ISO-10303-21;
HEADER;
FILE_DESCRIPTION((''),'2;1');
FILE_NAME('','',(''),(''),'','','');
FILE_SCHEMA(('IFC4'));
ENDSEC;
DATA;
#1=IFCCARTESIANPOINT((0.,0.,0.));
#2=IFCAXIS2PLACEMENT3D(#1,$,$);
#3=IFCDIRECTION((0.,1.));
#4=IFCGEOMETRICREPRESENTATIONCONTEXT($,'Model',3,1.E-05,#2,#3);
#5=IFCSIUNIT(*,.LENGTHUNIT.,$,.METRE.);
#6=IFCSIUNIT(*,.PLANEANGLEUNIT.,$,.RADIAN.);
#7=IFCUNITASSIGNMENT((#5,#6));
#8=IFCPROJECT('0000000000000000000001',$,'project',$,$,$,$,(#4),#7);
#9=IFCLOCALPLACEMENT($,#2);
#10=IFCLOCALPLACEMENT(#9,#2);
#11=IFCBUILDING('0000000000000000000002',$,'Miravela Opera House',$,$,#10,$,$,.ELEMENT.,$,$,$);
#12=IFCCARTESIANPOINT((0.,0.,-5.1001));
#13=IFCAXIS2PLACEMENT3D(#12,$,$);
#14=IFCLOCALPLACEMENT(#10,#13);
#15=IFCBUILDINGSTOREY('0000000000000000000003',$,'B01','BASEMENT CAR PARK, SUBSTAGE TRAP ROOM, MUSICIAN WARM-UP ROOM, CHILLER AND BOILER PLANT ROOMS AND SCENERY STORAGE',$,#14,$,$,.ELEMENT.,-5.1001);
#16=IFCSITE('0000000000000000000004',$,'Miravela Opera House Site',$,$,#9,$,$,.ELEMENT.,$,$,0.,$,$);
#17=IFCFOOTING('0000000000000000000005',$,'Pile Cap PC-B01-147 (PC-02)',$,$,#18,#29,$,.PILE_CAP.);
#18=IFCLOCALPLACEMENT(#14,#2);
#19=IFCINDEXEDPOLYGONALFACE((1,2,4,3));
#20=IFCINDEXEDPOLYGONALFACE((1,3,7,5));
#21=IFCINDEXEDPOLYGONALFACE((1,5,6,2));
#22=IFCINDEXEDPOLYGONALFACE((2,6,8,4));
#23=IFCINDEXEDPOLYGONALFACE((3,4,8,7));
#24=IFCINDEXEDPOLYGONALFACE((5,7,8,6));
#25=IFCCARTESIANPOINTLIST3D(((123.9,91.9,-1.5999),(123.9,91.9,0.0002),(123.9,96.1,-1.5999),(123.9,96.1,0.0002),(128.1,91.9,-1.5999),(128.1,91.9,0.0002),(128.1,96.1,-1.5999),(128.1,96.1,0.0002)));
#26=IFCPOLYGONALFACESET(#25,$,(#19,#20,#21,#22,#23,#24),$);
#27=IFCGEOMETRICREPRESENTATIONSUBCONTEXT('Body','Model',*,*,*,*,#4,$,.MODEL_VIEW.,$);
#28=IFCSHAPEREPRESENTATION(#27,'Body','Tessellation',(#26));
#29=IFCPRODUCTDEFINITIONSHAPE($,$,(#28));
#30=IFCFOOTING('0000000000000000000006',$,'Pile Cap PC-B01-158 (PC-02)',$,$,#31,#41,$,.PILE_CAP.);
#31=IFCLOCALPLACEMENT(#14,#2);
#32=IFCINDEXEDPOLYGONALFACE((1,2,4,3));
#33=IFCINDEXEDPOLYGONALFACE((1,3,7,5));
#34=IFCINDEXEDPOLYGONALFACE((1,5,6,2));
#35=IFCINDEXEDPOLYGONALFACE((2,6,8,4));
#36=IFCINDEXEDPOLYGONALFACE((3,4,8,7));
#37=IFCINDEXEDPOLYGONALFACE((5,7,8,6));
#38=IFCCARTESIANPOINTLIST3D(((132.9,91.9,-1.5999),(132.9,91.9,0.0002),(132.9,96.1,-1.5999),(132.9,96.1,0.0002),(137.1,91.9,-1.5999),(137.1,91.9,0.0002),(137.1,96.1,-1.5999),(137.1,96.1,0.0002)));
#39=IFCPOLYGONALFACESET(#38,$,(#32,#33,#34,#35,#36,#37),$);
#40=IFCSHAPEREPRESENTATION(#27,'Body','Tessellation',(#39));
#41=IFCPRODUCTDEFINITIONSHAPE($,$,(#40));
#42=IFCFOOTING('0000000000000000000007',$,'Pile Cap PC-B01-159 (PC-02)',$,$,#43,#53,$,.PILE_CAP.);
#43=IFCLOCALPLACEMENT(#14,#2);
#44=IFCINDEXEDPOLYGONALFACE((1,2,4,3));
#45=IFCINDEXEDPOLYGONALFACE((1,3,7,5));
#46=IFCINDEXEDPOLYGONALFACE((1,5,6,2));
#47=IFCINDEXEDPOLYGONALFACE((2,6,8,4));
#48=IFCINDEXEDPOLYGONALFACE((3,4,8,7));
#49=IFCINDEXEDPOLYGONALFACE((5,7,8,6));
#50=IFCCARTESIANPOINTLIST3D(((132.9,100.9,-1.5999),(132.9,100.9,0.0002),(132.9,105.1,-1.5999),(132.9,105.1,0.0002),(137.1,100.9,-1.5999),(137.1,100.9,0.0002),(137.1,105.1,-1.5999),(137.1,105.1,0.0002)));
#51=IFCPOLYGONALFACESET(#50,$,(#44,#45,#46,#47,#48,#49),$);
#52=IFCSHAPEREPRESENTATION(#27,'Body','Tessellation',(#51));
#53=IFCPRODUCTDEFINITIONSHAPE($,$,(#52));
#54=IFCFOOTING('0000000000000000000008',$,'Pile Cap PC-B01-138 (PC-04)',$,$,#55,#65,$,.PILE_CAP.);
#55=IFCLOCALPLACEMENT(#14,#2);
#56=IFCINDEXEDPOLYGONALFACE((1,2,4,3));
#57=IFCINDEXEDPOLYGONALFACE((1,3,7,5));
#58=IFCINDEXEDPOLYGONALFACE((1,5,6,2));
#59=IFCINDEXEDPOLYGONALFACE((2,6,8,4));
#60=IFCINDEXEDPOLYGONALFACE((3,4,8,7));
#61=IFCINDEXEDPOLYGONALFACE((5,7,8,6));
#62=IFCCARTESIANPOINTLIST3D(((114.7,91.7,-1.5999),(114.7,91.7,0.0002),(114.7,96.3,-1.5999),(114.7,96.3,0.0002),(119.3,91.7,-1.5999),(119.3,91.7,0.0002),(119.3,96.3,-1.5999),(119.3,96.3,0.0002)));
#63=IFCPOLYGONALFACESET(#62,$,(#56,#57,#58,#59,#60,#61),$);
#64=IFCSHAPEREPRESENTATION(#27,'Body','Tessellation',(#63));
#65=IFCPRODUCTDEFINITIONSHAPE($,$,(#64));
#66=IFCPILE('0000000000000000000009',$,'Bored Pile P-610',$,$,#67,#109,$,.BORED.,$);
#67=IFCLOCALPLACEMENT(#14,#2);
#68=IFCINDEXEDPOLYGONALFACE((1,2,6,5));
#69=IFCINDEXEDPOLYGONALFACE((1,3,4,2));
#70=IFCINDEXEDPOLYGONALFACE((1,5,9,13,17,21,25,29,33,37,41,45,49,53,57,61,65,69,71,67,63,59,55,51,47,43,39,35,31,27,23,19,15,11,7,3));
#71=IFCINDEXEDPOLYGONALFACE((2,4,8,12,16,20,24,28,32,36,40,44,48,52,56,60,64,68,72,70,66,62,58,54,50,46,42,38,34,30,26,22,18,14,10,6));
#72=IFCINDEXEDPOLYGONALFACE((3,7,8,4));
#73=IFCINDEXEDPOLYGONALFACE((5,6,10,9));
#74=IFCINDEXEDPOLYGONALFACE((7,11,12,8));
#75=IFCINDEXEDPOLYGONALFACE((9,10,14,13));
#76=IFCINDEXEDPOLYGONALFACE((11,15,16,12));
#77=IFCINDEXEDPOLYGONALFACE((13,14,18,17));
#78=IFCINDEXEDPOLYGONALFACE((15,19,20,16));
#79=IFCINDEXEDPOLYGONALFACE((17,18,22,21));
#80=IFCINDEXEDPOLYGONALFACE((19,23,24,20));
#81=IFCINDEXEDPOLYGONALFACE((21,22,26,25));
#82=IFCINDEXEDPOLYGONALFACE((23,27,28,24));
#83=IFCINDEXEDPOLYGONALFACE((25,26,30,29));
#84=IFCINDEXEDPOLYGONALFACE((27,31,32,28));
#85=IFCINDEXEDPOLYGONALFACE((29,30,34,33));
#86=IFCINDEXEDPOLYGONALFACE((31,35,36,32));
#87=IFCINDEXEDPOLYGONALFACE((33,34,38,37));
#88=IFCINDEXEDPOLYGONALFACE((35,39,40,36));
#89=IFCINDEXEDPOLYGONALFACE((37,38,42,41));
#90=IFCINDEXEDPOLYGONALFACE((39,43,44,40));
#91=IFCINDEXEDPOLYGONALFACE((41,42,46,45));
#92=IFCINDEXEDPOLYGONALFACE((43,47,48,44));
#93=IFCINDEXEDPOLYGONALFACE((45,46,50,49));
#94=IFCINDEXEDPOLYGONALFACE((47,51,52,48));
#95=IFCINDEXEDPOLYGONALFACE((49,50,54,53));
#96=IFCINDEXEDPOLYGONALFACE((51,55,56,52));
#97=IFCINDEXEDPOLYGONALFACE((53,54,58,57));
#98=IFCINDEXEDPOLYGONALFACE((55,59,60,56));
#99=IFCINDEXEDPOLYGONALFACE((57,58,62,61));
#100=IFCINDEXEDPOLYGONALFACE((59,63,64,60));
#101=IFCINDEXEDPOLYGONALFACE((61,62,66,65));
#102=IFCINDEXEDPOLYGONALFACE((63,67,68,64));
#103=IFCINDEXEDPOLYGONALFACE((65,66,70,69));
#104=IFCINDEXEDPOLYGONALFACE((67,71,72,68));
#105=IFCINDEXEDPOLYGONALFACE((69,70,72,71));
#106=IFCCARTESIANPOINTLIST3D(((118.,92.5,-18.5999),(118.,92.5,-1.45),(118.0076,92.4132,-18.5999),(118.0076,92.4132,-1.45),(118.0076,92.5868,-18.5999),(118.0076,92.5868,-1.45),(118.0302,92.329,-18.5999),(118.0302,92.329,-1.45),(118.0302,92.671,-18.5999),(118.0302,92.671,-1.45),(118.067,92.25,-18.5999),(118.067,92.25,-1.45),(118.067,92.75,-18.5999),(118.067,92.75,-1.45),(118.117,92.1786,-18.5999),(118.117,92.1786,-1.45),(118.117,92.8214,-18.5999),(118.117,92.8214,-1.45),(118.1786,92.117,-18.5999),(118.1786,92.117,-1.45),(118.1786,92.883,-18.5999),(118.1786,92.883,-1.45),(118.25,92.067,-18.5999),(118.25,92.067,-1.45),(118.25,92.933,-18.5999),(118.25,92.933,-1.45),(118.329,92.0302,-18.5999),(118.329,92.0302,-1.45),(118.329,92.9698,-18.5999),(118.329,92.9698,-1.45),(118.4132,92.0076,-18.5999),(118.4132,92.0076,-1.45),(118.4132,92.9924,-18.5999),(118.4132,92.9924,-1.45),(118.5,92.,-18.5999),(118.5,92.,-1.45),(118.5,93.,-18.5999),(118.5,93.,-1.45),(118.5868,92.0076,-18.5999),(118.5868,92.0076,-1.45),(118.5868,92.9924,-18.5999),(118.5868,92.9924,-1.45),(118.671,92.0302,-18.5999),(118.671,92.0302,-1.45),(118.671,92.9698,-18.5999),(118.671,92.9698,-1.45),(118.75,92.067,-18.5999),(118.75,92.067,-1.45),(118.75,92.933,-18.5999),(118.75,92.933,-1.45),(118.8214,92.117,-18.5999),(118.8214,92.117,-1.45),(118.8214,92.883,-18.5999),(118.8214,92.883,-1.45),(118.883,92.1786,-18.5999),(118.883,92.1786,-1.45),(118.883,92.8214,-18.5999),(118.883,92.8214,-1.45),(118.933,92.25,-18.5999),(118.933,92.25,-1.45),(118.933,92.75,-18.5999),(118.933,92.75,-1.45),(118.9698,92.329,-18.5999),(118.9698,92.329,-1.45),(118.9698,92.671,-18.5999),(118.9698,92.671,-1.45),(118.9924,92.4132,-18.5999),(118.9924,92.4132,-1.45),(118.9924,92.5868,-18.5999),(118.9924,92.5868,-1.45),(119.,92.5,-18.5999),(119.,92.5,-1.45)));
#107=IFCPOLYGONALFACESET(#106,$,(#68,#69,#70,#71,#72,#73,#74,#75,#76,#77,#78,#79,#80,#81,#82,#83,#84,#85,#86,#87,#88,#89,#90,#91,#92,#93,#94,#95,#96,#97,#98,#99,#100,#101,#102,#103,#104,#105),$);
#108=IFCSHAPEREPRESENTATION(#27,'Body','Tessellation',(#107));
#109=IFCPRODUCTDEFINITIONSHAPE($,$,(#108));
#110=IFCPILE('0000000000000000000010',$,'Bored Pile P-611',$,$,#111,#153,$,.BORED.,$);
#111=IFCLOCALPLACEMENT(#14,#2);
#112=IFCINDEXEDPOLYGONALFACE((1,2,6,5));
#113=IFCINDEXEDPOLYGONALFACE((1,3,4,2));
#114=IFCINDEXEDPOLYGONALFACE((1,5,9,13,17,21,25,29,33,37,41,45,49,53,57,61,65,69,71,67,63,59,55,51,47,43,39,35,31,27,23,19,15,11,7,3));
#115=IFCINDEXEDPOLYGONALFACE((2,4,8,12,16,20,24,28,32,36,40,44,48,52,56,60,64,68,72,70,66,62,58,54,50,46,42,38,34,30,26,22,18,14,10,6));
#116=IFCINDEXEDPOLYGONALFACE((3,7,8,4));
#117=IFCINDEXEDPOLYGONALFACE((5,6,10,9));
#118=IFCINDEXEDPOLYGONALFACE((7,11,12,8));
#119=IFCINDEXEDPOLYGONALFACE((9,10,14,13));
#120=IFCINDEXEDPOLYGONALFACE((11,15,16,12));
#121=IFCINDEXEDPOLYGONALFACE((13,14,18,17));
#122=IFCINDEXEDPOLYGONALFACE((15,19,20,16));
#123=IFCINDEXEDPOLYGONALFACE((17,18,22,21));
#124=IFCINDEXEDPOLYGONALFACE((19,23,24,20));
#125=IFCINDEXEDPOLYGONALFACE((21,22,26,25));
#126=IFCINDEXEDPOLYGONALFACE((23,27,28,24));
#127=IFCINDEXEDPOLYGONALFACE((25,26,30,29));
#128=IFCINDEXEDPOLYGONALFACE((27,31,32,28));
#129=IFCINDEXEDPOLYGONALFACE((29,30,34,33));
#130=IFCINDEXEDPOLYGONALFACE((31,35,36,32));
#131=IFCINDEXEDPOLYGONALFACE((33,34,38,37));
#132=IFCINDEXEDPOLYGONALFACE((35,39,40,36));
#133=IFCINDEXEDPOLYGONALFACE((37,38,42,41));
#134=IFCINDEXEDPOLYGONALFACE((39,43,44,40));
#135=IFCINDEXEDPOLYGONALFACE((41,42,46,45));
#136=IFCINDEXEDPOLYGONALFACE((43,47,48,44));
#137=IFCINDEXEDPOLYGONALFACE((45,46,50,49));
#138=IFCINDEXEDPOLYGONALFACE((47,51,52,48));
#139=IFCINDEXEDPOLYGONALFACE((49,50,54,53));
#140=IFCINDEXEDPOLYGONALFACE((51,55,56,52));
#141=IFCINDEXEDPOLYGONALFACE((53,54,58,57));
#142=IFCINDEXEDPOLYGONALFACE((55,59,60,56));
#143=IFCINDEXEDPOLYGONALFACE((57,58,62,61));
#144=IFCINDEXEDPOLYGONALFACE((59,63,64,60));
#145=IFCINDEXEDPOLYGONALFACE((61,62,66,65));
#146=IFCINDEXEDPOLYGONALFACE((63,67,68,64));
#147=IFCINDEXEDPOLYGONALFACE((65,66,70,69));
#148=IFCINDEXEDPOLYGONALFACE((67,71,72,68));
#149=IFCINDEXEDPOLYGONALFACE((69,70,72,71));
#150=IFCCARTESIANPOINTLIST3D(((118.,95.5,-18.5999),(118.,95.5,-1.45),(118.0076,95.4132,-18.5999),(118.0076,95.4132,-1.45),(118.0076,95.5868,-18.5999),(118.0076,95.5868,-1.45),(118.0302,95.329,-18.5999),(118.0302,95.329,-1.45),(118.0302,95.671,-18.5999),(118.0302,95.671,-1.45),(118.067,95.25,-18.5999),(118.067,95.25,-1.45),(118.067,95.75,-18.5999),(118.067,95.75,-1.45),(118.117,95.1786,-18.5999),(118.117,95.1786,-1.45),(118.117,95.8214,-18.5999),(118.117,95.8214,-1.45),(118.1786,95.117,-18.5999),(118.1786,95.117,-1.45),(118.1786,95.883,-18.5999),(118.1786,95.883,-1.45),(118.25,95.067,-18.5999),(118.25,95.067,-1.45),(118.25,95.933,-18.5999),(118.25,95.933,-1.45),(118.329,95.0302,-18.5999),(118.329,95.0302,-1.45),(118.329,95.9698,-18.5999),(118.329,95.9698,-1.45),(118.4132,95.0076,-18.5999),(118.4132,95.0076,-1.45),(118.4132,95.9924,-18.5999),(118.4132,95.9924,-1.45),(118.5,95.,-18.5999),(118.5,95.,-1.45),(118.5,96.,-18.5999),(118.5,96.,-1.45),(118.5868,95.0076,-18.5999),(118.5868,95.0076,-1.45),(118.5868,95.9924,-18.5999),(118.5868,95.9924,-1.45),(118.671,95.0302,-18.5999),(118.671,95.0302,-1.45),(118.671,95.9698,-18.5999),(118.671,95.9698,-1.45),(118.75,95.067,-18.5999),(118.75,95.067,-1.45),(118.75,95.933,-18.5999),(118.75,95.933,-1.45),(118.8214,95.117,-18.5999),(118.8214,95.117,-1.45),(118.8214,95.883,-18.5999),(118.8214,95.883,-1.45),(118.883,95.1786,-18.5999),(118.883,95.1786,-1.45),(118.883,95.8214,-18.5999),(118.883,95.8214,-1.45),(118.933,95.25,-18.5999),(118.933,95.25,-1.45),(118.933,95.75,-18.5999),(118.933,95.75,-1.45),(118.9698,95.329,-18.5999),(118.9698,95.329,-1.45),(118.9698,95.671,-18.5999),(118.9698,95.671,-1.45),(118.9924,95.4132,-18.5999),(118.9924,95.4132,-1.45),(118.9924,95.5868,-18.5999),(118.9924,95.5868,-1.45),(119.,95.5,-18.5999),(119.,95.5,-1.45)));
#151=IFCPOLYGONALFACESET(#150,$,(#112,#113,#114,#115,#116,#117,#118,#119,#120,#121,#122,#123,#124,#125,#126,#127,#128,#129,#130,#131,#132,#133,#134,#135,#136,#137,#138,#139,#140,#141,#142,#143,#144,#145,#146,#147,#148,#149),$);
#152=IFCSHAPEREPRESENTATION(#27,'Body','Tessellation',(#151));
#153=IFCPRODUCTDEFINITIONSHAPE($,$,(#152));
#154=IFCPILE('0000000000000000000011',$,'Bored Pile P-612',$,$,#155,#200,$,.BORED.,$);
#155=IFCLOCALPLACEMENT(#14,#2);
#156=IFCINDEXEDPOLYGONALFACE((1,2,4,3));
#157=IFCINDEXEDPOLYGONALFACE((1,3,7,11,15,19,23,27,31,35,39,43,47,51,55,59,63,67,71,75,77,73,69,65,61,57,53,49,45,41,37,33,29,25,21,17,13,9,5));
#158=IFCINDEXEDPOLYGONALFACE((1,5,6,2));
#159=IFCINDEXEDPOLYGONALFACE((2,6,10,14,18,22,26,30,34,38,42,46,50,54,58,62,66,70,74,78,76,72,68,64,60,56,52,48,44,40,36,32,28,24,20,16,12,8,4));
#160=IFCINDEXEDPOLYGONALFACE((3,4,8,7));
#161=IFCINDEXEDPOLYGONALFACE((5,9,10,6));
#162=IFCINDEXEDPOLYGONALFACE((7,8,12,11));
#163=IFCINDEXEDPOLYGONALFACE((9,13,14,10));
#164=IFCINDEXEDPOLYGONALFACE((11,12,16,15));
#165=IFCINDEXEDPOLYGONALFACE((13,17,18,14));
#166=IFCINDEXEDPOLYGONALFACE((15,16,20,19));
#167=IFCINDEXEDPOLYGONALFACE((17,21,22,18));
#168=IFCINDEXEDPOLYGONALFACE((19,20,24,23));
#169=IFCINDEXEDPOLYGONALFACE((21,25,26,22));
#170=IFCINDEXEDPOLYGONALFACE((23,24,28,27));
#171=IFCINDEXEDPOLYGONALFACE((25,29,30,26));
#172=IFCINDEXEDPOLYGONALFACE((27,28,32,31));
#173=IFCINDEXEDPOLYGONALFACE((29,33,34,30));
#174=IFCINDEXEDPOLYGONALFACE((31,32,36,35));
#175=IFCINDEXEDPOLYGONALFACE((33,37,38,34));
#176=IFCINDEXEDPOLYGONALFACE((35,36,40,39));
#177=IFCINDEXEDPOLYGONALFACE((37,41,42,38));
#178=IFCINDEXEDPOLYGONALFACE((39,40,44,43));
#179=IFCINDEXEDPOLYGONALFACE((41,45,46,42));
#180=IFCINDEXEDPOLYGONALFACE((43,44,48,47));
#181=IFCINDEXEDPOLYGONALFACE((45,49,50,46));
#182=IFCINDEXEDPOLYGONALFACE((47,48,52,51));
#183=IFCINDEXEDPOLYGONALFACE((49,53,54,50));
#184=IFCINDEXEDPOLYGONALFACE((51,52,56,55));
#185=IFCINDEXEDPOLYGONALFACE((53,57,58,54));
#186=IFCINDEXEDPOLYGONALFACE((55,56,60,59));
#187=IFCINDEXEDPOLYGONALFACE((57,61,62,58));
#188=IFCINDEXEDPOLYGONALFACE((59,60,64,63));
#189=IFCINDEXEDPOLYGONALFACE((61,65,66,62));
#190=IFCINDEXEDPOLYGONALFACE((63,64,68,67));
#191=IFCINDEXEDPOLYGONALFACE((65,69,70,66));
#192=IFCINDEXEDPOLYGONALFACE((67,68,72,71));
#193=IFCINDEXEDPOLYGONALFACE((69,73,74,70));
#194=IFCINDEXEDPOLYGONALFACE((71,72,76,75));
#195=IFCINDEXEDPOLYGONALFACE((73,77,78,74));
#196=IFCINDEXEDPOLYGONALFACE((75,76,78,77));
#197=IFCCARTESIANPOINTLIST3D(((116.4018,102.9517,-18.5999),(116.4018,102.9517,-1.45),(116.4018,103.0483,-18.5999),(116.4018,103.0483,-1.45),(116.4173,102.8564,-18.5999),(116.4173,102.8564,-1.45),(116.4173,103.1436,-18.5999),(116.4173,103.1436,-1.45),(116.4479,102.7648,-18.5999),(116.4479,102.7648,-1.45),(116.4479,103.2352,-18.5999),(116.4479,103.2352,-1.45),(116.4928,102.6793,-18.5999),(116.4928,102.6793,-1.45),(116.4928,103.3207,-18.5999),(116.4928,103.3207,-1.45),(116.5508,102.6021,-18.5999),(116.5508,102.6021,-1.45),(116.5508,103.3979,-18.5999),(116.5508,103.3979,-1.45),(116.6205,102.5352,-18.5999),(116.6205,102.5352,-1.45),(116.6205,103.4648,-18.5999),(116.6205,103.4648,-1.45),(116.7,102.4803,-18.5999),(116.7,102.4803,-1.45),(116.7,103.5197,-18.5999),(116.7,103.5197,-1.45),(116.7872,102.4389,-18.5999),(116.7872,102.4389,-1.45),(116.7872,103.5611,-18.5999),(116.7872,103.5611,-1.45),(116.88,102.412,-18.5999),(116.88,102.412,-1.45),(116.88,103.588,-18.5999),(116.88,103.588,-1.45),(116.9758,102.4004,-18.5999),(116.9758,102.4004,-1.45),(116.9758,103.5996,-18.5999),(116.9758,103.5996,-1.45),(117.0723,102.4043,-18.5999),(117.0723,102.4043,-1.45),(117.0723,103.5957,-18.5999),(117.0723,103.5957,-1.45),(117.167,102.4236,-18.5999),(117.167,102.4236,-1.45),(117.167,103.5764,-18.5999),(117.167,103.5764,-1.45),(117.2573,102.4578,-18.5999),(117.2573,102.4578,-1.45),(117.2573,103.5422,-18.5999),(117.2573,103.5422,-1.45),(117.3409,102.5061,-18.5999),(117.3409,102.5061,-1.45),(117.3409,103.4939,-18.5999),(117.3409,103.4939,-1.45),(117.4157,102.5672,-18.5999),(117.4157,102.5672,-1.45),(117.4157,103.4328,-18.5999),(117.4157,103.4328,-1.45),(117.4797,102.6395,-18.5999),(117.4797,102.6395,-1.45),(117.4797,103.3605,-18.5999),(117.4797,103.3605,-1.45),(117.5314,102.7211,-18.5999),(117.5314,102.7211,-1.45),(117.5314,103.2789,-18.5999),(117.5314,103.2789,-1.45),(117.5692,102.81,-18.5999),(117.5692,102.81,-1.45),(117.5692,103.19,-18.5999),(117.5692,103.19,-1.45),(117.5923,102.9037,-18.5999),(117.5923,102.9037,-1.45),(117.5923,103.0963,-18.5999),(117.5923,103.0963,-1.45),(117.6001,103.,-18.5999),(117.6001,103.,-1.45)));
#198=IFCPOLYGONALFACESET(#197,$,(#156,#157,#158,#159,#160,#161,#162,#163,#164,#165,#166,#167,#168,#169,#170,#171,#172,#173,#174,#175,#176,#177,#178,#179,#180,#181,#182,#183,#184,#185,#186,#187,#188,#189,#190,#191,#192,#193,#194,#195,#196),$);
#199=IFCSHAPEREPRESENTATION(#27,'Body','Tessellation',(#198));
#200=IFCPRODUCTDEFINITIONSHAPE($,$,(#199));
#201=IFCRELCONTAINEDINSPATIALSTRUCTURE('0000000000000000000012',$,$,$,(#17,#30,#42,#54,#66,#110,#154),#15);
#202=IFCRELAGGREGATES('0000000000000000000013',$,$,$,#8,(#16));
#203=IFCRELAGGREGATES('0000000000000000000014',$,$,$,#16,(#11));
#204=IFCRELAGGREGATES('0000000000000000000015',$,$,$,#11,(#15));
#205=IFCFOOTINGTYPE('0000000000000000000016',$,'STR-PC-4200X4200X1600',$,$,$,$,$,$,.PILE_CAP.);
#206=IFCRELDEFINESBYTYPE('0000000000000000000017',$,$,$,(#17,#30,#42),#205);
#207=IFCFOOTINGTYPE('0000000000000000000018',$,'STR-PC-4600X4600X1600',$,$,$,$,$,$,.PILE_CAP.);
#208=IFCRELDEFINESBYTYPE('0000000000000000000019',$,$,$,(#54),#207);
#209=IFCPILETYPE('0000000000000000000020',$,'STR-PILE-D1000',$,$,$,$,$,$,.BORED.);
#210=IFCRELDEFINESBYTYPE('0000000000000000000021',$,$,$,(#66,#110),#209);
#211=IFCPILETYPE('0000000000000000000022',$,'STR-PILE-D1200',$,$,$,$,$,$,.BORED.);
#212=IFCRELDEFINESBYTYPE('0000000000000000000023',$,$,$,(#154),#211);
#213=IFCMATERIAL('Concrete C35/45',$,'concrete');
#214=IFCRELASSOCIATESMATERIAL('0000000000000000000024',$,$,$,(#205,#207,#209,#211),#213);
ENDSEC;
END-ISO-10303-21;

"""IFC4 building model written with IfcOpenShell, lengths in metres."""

from ifc_helpers import new_model, si_unit, direction, frame, origin, origin_2d, place, context, subcontext, project, spatial, rectangle, circle, extrude, material, material_profile, profile_set, type_object, element, save


model = new_model("IFC4")

# Units and contexts
model_context = context("Model", 3, precision=1e-05, world=origin(), true_north=direction((0.0, 1.0)))
body_context = subcontext(model_context, "Body", "Model", "MODEL_VIEW")
ifc_project = project(units=[si_unit("LENGTHUNIT", "METRE"), si_unit("PLANEANGLEUNIT", "RADIAN")], contexts=[model_context])

# Site, building, storey
site_placement = place(None, origin())
site = spatial("IfcSite", under=ifc_project, at=site_placement, Name="Miravela Opera House Site", CompositionType="ELEMENT", RefElevation=0.0)
building_placement = place(site_placement, origin())
building = spatial("IfcBuilding", under=site, at=building_placement, Name="Miravela Opera House", CompositionType="ELEMENT")
storey_placement = place(building_placement, frame((0.0, 0.0, -5.1001)))
storey = spatial("IfcBuildingStorey", under=building, at=storey_placement, Name="B01", Description="BASEMENT CAR PARK, SUBSTAGE TRAP ROOM, MUSICIAN WARM-UP ROOM, CHILLER AND BOILER PLANT ROOMS AND SCENERY STORAGE", CompositionType="ELEMENT", Elevation=-5.1001)

# Footings
ifc_material_1 = material(Name="Concrete C35/45", Category="concrete")
footing_type_1 = type_object("IfcFootingType", Name="STR-PC-4200X4200X1600", PredefinedType="PILE_CAP", material=ifc_material_1)
for number, where, z_axis, x_axis, name in (
    (1, (126.0, 94.0, -1.5999), (0.0, 0.0, 1.0), (1.0, 0.0, 0.0), "Pile Cap PC-B01-147 (PC-02)"),
    (2, (135.0, 94.0, -1.5999), (0.0, 0.0, 1.0), (1.0, 0.0, 0.0), "Pile Cap PC-B01-158 (PC-02)"),
    (3, (135.0, 103.0, -1.5999), (0.0, 0.0, 1.0), (1.0, 0.0, 0.0), "Pile Cap PC-B01-159 (PC-02)"),
):
    element("IfcFooting", number, at=place(storey_placement, frame(where, z_axis=z_axis, x_axis=x_axis)), inside=storey, type_object=footing_type_1, Name=name, PredefinedType="PILE_CAP", context=body_context, shape_type="SweptSolid", body=[
        extrude(rectangle(XDim=4.2, YDim=4.2, at=origin_2d()), origin(), (0.0, 0.0, 1.0), 1.6001),
    ])
footing_type_2 = type_object("IfcFootingType", Name="STR-PC-4600X4600X1600", PredefinedType="PILE_CAP", material=ifc_material_1)
footing_placement = place(storey_placement, frame((117.0, 94.0, -1.5999), z_axis=(0.0, 0.0, 1.0), x_axis=(1.0, 0.0, 0.0)))
element("IfcFooting", 4, at=footing_placement, inside=storey, type_object=footing_type_2, Name="Pile Cap PC-B01-138 (PC-04)", PredefinedType="PILE_CAP", context=body_context, shape_type="SweptSolid", body=[
    extrude(rectangle(XDim=4.6001, YDim=4.6001, at=origin_2d()), origin(), (0.0, 0.0, 1.0), 1.6001),
])

# Piles
ifc_material_profile_1 = material_profile(ifc_material_1, circle(Radius=0.5, at=origin_2d()), Name="PILE-D1000")
ifc_profile_set_1 = profile_set([ifc_material_profile_1])
pile_type_1 = type_object("IfcPileType", Name="STR-PILE-D1000", PredefinedType="BORED", material=ifc_profile_set_1)
for number, where, z_axis, x_axis, name in (
    (5, (118.5, 92.5, -1.45), (0.0, 0.0, -1.0), (1.0, 0.0, 0.0), "Bored Pile P-610"),
    (6, (118.5, 95.5, -1.45), (0.0, 0.0, -1.0), (1.0, 0.0, 0.0), "Bored Pile P-611"),
):
    element("IfcPile", number, at=place(storey_placement, frame(where, z_axis=z_axis, x_axis=x_axis)), inside=storey, type_object=pile_type_1, Name=name, PredefinedType="BORED", context=body_context, shape_type="SweptSolid", body=[
        extrude(circle(Radius=0.5, at=origin_2d()), origin(), (0.0, 0.0, 1.0), 17.1499),
    ])
ifc_material_profile_2 = material_profile(ifc_material_1, circle(Radius=0.6001, at=origin_2d()), Name="PILE-D1200")
ifc_profile_set_2 = profile_set([ifc_material_profile_2])
pile_type_2 = type_object("IfcPileType", Name="STR-PILE-D1200", PredefinedType="BORED", material=ifc_profile_set_2)
for number, where, z_axis, x_axis, name in (
    (7, (117.0, 103.0, -1.45), (0.0, 0.0, -1.0), (1.0, 0.0, 0.0), "Bored Pile P-612"),
):
    element("IfcPile", number, at=place(storey_placement, frame(where, z_axis=z_axis, x_axis=x_axis)), inside=storey, type_object=pile_type_2, Name=name, PredefinedType="BORED", context=body_context, shape_type="SweptSolid", body=[
        extrude(circle(Radius=0.6001, at=origin_2d()), origin(), (0.0, 0.0, 1.0), 17.1499),
    ])

save(model, "model.ifc")
